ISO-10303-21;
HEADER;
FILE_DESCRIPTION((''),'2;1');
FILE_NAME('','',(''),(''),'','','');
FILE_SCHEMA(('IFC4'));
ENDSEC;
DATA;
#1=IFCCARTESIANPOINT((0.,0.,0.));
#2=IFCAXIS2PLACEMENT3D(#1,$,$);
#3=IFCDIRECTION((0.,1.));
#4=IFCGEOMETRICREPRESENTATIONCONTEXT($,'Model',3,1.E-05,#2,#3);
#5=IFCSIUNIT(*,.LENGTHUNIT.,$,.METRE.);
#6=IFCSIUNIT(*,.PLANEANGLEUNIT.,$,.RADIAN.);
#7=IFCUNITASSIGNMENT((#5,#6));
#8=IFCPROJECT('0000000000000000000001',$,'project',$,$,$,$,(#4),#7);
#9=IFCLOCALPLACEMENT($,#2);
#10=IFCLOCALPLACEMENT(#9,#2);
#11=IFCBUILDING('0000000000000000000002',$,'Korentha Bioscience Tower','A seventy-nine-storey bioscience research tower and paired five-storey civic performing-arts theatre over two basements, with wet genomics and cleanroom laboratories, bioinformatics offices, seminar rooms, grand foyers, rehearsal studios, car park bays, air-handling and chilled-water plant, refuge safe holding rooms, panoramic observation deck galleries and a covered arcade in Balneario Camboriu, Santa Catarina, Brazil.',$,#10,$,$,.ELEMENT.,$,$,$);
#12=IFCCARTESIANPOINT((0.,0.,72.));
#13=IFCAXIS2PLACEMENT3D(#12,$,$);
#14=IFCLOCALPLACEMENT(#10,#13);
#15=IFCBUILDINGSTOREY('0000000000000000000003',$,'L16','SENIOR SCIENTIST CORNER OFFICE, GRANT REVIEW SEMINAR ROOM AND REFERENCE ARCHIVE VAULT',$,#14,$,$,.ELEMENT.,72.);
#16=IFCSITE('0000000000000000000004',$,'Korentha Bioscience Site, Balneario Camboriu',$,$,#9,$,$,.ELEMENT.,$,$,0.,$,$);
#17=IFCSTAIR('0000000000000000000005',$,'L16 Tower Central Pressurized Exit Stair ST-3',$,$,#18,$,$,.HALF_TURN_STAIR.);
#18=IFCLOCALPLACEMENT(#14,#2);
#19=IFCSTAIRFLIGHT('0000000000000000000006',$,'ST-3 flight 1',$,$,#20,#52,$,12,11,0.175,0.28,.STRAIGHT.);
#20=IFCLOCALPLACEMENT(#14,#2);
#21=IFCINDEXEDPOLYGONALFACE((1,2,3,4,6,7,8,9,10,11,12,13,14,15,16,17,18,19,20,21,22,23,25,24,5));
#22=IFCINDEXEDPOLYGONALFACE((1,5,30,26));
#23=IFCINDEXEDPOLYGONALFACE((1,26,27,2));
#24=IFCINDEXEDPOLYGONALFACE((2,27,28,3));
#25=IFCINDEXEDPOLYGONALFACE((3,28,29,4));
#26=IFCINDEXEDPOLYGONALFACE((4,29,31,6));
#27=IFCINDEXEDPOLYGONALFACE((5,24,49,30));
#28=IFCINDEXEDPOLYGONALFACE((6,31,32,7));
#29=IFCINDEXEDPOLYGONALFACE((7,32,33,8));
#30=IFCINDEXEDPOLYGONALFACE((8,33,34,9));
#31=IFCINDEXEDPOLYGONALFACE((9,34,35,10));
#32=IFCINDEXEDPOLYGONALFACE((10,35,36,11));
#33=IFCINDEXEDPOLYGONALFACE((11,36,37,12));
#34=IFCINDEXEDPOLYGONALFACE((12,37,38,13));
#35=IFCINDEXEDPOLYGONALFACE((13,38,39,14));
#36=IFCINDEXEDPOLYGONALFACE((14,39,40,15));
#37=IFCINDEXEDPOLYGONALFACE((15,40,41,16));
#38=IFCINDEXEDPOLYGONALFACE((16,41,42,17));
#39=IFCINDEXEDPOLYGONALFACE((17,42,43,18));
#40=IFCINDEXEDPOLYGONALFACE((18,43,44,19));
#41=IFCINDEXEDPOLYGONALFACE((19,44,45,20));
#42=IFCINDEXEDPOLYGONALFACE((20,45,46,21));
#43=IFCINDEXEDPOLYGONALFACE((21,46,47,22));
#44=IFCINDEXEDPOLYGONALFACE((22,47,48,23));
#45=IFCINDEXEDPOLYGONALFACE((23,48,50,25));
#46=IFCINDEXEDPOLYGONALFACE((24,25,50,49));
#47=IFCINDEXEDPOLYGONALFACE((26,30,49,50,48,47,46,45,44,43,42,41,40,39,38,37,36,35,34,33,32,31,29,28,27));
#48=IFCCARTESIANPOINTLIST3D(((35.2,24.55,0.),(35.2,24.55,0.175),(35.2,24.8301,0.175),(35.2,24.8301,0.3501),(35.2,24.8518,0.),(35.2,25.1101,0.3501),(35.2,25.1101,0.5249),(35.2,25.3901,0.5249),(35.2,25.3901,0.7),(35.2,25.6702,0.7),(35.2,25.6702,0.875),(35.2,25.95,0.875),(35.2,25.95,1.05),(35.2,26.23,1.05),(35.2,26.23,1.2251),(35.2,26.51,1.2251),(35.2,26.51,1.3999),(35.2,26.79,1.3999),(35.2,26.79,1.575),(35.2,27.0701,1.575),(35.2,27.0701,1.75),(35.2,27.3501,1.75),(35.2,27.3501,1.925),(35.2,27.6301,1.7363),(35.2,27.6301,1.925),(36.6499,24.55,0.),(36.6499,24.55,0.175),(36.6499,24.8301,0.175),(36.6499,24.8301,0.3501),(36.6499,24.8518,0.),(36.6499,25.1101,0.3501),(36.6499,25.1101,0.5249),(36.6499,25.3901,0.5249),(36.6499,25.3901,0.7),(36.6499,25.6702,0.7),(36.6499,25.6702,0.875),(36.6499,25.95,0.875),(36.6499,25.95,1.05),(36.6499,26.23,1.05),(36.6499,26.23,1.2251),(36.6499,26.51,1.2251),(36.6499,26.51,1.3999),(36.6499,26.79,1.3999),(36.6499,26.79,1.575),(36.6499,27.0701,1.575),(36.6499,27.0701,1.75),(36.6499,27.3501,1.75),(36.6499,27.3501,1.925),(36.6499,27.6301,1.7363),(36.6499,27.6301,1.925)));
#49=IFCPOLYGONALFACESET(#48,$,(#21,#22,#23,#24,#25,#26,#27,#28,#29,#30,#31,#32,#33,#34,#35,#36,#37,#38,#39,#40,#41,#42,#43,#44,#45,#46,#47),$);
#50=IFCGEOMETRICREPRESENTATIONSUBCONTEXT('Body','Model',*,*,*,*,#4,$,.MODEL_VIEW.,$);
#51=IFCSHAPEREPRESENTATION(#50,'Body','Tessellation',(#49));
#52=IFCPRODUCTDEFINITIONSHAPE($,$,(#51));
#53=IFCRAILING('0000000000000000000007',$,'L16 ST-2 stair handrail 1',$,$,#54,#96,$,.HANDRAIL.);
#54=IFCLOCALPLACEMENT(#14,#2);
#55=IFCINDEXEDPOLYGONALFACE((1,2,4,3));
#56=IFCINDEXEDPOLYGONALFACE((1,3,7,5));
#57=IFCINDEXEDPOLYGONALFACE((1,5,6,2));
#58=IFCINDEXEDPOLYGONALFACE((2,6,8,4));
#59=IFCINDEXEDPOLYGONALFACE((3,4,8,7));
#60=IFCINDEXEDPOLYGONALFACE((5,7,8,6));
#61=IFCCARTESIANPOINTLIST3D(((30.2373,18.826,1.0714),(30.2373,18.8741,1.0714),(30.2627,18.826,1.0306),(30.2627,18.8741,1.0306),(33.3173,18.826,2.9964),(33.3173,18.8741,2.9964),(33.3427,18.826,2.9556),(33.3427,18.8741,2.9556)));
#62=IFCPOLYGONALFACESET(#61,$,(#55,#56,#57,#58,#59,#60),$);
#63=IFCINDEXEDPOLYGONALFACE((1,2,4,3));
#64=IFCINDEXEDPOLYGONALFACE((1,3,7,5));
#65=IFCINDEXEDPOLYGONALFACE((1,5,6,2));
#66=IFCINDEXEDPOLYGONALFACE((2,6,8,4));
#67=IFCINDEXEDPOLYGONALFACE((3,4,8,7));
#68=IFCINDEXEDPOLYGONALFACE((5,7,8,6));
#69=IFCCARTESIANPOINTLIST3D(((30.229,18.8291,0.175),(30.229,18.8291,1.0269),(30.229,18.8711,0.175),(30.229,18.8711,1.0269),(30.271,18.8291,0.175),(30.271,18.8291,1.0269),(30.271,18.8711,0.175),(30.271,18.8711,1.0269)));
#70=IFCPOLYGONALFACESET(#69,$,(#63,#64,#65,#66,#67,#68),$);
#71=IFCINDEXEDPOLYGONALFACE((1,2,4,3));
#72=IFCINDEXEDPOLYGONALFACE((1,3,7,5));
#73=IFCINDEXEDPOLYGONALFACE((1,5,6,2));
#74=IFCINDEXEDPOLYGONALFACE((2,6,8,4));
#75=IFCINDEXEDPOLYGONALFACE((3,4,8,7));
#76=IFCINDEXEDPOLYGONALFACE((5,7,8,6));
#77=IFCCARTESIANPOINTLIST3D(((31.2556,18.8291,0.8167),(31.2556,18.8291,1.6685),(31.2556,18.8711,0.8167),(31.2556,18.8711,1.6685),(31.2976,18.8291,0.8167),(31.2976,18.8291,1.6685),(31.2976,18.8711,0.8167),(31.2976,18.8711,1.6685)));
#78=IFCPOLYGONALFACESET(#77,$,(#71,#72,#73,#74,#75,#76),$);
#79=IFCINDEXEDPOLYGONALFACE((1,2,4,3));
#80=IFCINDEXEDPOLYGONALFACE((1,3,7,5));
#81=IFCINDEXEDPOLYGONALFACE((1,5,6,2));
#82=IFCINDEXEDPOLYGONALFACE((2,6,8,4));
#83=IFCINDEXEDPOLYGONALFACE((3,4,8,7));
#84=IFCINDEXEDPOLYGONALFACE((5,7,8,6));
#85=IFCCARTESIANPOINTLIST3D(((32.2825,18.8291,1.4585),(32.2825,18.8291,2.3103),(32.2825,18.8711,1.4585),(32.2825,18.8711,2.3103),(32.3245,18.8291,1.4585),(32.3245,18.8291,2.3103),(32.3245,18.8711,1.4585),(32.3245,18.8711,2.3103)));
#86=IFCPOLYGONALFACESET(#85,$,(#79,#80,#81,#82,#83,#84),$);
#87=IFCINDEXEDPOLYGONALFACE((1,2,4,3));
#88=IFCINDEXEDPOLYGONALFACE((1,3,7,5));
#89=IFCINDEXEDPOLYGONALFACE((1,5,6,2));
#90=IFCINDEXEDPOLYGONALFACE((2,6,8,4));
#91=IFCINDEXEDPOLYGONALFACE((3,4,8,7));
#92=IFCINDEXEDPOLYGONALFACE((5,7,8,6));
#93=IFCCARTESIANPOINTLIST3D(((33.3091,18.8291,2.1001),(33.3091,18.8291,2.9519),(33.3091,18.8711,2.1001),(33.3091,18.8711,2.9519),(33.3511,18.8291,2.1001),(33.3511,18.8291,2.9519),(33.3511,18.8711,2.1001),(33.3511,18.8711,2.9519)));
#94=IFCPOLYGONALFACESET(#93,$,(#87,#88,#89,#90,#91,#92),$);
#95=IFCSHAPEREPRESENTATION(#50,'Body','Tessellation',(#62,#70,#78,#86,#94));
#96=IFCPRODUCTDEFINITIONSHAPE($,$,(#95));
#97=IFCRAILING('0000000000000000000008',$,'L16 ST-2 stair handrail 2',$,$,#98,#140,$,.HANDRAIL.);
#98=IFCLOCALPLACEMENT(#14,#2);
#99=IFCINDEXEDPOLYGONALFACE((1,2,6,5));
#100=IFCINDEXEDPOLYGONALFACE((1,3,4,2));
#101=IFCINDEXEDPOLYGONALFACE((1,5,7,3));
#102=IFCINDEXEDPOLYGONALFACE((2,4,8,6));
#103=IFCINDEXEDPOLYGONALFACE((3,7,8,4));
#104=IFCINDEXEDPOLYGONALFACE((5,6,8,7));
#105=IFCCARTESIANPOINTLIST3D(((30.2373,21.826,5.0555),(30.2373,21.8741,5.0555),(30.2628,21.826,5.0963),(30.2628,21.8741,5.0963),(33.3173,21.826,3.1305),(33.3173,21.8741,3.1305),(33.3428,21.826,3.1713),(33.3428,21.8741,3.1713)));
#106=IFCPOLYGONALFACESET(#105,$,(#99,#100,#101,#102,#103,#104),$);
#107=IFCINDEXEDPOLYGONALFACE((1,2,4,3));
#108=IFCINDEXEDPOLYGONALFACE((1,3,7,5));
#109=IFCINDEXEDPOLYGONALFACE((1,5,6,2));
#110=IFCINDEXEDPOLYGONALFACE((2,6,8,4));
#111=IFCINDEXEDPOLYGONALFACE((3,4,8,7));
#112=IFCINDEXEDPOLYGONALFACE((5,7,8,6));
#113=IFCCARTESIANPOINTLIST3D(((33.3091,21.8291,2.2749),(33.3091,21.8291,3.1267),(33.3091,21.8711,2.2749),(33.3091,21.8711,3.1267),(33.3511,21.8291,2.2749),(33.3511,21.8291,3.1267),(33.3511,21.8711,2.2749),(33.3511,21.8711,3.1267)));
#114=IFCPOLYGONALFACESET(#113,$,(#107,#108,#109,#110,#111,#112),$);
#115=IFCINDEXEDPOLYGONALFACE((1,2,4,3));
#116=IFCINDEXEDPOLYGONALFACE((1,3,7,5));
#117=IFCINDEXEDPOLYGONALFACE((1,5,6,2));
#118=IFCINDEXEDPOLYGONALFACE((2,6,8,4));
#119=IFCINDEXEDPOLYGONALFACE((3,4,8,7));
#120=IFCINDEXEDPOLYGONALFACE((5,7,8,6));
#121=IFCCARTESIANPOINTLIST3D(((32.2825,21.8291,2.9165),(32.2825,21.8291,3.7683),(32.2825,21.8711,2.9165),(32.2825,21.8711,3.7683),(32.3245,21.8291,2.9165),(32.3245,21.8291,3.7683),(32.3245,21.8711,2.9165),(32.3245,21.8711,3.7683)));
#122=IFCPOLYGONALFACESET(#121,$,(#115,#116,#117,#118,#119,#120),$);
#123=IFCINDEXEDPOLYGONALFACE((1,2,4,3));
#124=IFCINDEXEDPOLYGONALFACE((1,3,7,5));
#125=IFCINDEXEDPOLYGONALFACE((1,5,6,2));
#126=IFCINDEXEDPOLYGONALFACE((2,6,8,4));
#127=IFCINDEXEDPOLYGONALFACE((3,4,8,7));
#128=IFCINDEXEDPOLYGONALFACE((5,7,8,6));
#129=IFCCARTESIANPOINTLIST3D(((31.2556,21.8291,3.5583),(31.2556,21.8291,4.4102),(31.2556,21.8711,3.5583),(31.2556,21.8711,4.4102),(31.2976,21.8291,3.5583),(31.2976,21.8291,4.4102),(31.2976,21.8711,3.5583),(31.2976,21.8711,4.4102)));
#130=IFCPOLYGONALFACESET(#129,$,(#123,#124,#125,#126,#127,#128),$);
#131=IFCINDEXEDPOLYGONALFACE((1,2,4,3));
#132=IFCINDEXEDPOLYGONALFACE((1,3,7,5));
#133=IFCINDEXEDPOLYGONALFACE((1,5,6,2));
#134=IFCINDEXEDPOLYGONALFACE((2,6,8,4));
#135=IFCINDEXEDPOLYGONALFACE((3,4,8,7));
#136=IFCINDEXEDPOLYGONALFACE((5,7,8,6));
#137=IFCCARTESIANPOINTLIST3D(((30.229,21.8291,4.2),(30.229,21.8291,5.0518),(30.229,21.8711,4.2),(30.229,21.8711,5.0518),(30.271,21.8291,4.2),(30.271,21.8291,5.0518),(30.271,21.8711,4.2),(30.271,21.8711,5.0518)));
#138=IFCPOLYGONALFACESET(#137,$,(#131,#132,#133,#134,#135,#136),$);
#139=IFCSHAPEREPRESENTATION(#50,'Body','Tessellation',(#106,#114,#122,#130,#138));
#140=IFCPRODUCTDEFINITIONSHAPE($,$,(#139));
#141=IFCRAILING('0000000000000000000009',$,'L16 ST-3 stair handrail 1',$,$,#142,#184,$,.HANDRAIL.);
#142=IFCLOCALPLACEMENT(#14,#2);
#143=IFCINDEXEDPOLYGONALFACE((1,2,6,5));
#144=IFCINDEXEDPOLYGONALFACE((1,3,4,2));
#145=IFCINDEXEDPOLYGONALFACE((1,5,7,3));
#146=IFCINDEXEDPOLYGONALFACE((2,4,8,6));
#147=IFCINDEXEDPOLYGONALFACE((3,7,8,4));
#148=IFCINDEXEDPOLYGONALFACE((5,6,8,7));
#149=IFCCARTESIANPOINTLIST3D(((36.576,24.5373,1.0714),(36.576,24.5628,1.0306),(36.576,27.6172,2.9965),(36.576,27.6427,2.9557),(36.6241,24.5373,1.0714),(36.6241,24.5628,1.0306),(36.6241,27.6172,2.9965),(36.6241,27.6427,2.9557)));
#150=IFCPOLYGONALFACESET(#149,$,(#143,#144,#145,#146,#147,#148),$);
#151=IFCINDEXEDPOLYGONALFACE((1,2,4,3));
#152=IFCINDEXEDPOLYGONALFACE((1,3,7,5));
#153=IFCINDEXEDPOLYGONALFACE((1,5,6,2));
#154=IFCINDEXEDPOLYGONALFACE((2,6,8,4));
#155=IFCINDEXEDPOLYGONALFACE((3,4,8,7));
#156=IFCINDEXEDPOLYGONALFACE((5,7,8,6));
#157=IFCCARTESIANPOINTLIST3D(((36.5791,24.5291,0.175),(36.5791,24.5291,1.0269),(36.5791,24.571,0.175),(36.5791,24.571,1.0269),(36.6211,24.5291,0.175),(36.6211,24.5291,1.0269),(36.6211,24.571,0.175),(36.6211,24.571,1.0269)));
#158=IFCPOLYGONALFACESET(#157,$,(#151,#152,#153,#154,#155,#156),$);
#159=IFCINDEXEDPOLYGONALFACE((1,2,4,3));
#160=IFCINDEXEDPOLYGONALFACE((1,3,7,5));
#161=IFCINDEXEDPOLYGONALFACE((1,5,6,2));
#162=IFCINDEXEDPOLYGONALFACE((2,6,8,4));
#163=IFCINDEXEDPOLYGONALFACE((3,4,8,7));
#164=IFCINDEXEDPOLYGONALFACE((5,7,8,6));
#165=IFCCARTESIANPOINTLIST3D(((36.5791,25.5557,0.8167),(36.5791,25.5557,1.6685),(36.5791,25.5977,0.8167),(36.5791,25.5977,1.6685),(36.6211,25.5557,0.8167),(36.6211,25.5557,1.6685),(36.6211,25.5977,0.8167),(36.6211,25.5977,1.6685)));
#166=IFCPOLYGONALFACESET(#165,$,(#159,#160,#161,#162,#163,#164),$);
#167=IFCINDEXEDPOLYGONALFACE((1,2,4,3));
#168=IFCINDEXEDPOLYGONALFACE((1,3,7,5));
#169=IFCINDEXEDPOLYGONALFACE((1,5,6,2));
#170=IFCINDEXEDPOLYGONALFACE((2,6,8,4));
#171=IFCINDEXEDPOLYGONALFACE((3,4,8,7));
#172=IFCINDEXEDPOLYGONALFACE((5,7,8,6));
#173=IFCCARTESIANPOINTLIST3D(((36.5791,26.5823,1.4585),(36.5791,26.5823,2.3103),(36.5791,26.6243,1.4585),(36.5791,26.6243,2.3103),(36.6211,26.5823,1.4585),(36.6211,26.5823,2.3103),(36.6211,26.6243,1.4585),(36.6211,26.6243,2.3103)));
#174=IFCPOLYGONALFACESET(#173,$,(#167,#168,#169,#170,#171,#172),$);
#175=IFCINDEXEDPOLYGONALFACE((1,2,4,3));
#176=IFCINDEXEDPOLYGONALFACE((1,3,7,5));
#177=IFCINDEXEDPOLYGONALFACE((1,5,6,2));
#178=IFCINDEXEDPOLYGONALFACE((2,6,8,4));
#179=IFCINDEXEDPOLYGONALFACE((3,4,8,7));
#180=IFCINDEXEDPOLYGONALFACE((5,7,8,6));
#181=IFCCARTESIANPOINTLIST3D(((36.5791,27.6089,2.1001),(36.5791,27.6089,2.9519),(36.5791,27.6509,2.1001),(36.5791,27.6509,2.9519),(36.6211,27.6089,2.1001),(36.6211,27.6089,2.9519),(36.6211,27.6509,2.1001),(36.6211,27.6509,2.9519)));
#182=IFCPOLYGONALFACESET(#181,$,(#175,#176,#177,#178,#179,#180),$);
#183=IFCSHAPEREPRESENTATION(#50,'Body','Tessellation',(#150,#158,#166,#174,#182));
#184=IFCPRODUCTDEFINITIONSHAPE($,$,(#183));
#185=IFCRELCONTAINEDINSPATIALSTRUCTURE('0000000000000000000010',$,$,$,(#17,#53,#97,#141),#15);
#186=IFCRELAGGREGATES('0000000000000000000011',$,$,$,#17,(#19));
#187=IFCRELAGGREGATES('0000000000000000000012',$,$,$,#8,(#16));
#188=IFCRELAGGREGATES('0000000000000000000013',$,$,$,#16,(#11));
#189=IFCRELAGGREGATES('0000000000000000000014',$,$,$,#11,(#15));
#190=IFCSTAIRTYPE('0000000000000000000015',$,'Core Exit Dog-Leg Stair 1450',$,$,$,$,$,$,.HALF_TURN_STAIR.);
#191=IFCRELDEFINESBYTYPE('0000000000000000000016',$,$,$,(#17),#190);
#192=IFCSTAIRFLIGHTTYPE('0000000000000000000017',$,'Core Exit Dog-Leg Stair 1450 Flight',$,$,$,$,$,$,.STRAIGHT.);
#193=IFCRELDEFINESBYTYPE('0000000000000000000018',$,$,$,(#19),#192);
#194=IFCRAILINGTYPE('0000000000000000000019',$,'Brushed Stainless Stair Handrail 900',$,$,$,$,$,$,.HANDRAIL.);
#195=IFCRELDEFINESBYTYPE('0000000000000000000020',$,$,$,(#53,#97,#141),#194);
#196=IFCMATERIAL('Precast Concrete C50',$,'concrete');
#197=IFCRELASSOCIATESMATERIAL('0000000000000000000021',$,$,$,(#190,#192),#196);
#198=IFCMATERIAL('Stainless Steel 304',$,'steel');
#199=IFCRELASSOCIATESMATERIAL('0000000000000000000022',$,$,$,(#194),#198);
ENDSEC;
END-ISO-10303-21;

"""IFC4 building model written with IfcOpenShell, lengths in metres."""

from ifc_helpers import new_model, si_unit, direction, frame, origin, origin_2d, place, context, subcontext, project, spatial, polyline, rectangle, outline, extrude, material, type_object, element, aggregate, save


model = new_model("IFC4")

# Units and contexts
model_context = context("Model", 3, precision=1e-05, world=origin(), true_north=direction((0.0, 1.0)))
body_context = subcontext(model_context, "Body", "Model", "MODEL_VIEW")
ifc_project = project(units=[si_unit("LENGTHUNIT", "METRE"), si_unit("PLANEANGLEUNIT", "RADIAN")], contexts=[model_context])

# Site, building, storey
site_placement = place(None, origin())
site = spatial("IfcSite", under=ifc_project, at=site_placement, Name="Korentha Bioscience Site, Balneario Camboriu", CompositionType="ELEMENT", RefElevation=0.0)
building_placement = place(site_placement, origin())
building = spatial("IfcBuilding", under=site, at=building_placement, Name="Korentha Bioscience Tower", Description="A seventy-nine-storey bioscience research tower and paired five-storey civic performing-arts theatre over two basements, with wet genomics and cleanroom laboratories, bioinformatics offices, seminar rooms, grand foyers, rehearsal studios, car park bays, air-handling and chilled-water plant, refuge safe holding rooms, panoramic observation deck galleries and a covered arcade in Balneario Camboriu, Santa Catarina, Brazil.", CompositionType="ELEMENT")
storey_placement = place(building_placement, frame((0.0, 0.0, 72.0)))
storey = spatial("IfcBuildingStorey", under=building, at=storey_placement, Name="L16", Description="SENIOR SCIENTIST CORNER OFFICE, GRANT REVIEW SEMINAR ROOM AND REFERENCE ARCHIVE VAULT", CompositionType="ELEMENT", Elevation=72.0)

# Shared definitions
ifc_material_1 = material(Name="Precast Concrete C50", Category="concrete")
stair_type = type_object("IfcStairType", Name="Core Exit Dog-Leg Stair 1450", PredefinedType="HALF_TURN_STAIR", material=ifc_material_1)
stair_flight_type = type_object("IfcStairFlightType", Name="Core Exit Dog-Leg Stair 1450 Flight", PredefinedType="STRAIGHT", material=ifc_material_1)

# Stair, stair flight
stair_1_placement = place(storey_placement, origin())
stair_1 = element("IfcStair", 1, at=stair_1_placement, inside=storey, type_object=stair_type, Name="L16 Tower Central Pressurized Exit Stair ST-3", PredefinedType="HALF_TURN_STAIR")
stair_flight_1_placement = place(storey_placement, frame((35.925, 24.55, 0.0), z_axis=(0.0, 0.0, 1.0), x_axis=(0.0, 1.0, 0.0)))
stair_flight_1 = element("IfcStairFlight", 2, at=stair_flight_1_placement, type_object=stair_flight_type, Name="ST-3 flight 1", NumberOfRisers=12, NumberOfTreads=11, PredefinedType="STRAIGHT", RiserHeight=0.175, TreadLength=0.28, context=body_context, shape_type="SweptSolid", body=[
    extrude(outline(polyline([(0.0, 0.0), (0.0, 0.175), (0.28, 0.175), (0.28, 0.3501), (0.5601, 0.3501), (0.5601, 0.5249), (0.8401, 0.5249), (0.8401, 0.7), (1.1201, 0.7), (1.1201, 0.875), (1.3999, 0.875), (1.3999, 1.05), (1.6799, 1.05), (1.6799, 1.2251), (1.96, 1.2251), (1.96, 1.3999), (2.24, 1.3999), (2.24, 1.575), (2.52, 1.575), (2.52, 1.75), (2.8, 1.75), (2.8, 1.925), (3.0801, 1.925), (3.0801, 2.1001), (3.0801, 1.7363), (0.3018, 0.0), (0.0, 0.0)])), frame((0.0, 0.7251, 0.0), z_axis=(0.0, -1.0, 0.0), x_axis=(1.0, 0.0, 0.0)), (0.0, 0.0, 1.0), 1.45),
])
aggregate(stair_1, [stair_flight_1])

# Railings
ifc_material_2 = material(Name="Stainless Steel 304", Category="steel")
railing_type_1 = type_object("IfcRailingType", Name="Brushed Stainless Stair Handrail 900", PredefinedType="HANDRAIL", material=ifc_material_2)
railing_1_placement = place(storey_placement, frame((30.25, 18.8501, 0.175)))
element("IfcRailing", 3, at=railing_1_placement, inside=storey, type_object=railing_type_1, Name="L16 ST-2 stair handrail 1", PredefinedType="HANDRAIL", context=body_context, shape_type="SweptSolid", body=[
    extrude(rectangle(XDim=0.0481, YDim=0.0481, at=origin_2d()), frame((0.0, 0.0, 0.876), z_axis=(0.847998, 0.0, 0.529999), x_axis=(0.0, 1.0, 0.0)), (0.0, 0.0, 1.0), 3.6321),
    extrude(rectangle(XDim=0.042, YDim=0.042, at=origin_2d()), origin(), (0.0, 0.0, 1.0), 0.8518),
    extrude(rectangle(XDim=0.042, YDim=0.042, at=origin_2d()), frame((1.0266, 0.0, 0.6416)), (0.0, 0.0, 1.0), 0.8518),
    extrude(rectangle(XDim=0.042, YDim=0.042, at=origin_2d()), frame((2.0535, 0.0, 1.2834)), (0.0, 0.0, 1.0), 0.8518),
    extrude(rectangle(XDim=0.042, YDim=0.042, at=origin_2d()), frame((3.0801, 0.0, 1.925)), (0.0, 0.0, 1.0), 0.8518),
])
railing_2_placement = place(storey_placement, frame((33.3301, 21.8501, 2.2749)))
element("IfcRailing", 4, at=railing_2_placement, inside=storey, type_object=railing_type_1, Name="L16 ST-2 stair handrail 2", PredefinedType="HANDRAIL", context=body_context, shape_type="SweptSolid", body=[
    extrude(rectangle(XDim=0.0481, YDim=0.0481, at=origin_2d()), frame((0.0, 0.0, 0.876), z_axis=(-0.847998, 0.0, 0.529999), x_axis=(0.0, -1.0, 0.0)), (0.0, 0.0, 1.0), 3.6321),
    extrude(rectangle(XDim=0.042, YDim=0.042, at=origin_2d()), origin(), (0.0, 0.0, 1.0), 0.8518),
    extrude(rectangle(XDim=0.042, YDim=0.042, at=origin_2d()), frame((-1.0266, 0.0, 0.6416)), (0.0, 0.0, 1.0), 0.8518),
    extrude(rectangle(XDim=0.042, YDim=0.042, at=origin_2d()), frame((-2.0535, 0.0, 1.2834)), (0.0, 0.0, 1.0), 0.8518),
    extrude(rectangle(XDim=0.042, YDim=0.042, at=origin_2d()), frame((-3.0801, 0.0, 1.925)), (0.0, 0.0, 1.0), 0.8518),
])
railing_3_placement = place(storey_placement, frame((36.6001, 24.55, 0.175)))
element("IfcRailing", 5, at=railing_3_placement, inside=storey, type_object=railing_type_1, Name="L16 ST-3 stair handrail 1", PredefinedType="HANDRAIL", context=body_context, shape_type="SweptSolid", body=[
    extrude(rectangle(XDim=0.0481, YDim=0.0481, at=origin_2d()), frame((0.0, 0.0, 0.876), z_axis=(0.0, 0.847979, 0.530029), x_axis=(-1.0, 0.0, 0.0)), (0.0, 0.0, 1.0), 3.6321),
    extrude(rectangle(XDim=0.042, YDim=0.042, at=origin_2d()), origin(), (0.0, 0.0, 1.0), 0.8518),
    extrude(rectangle(XDim=0.042, YDim=0.042, at=origin_2d()), frame((0.0, 1.0266, 0.6416)), (0.0, 0.0, 1.0), 0.8518),
    extrude(rectangle(XDim=0.042, YDim=0.042, at=origin_2d()), frame((0.0, 2.0532, 1.2834)), (0.0, 0.0, 1.0), 0.8518),
    extrude(rectangle(XDim=0.042, YDim=0.042, at=origin_2d()), frame((0.0, 3.0798, 1.925)), (0.0, 0.0, 1.0), 0.8518),
])

save(model, "model.ifc")
